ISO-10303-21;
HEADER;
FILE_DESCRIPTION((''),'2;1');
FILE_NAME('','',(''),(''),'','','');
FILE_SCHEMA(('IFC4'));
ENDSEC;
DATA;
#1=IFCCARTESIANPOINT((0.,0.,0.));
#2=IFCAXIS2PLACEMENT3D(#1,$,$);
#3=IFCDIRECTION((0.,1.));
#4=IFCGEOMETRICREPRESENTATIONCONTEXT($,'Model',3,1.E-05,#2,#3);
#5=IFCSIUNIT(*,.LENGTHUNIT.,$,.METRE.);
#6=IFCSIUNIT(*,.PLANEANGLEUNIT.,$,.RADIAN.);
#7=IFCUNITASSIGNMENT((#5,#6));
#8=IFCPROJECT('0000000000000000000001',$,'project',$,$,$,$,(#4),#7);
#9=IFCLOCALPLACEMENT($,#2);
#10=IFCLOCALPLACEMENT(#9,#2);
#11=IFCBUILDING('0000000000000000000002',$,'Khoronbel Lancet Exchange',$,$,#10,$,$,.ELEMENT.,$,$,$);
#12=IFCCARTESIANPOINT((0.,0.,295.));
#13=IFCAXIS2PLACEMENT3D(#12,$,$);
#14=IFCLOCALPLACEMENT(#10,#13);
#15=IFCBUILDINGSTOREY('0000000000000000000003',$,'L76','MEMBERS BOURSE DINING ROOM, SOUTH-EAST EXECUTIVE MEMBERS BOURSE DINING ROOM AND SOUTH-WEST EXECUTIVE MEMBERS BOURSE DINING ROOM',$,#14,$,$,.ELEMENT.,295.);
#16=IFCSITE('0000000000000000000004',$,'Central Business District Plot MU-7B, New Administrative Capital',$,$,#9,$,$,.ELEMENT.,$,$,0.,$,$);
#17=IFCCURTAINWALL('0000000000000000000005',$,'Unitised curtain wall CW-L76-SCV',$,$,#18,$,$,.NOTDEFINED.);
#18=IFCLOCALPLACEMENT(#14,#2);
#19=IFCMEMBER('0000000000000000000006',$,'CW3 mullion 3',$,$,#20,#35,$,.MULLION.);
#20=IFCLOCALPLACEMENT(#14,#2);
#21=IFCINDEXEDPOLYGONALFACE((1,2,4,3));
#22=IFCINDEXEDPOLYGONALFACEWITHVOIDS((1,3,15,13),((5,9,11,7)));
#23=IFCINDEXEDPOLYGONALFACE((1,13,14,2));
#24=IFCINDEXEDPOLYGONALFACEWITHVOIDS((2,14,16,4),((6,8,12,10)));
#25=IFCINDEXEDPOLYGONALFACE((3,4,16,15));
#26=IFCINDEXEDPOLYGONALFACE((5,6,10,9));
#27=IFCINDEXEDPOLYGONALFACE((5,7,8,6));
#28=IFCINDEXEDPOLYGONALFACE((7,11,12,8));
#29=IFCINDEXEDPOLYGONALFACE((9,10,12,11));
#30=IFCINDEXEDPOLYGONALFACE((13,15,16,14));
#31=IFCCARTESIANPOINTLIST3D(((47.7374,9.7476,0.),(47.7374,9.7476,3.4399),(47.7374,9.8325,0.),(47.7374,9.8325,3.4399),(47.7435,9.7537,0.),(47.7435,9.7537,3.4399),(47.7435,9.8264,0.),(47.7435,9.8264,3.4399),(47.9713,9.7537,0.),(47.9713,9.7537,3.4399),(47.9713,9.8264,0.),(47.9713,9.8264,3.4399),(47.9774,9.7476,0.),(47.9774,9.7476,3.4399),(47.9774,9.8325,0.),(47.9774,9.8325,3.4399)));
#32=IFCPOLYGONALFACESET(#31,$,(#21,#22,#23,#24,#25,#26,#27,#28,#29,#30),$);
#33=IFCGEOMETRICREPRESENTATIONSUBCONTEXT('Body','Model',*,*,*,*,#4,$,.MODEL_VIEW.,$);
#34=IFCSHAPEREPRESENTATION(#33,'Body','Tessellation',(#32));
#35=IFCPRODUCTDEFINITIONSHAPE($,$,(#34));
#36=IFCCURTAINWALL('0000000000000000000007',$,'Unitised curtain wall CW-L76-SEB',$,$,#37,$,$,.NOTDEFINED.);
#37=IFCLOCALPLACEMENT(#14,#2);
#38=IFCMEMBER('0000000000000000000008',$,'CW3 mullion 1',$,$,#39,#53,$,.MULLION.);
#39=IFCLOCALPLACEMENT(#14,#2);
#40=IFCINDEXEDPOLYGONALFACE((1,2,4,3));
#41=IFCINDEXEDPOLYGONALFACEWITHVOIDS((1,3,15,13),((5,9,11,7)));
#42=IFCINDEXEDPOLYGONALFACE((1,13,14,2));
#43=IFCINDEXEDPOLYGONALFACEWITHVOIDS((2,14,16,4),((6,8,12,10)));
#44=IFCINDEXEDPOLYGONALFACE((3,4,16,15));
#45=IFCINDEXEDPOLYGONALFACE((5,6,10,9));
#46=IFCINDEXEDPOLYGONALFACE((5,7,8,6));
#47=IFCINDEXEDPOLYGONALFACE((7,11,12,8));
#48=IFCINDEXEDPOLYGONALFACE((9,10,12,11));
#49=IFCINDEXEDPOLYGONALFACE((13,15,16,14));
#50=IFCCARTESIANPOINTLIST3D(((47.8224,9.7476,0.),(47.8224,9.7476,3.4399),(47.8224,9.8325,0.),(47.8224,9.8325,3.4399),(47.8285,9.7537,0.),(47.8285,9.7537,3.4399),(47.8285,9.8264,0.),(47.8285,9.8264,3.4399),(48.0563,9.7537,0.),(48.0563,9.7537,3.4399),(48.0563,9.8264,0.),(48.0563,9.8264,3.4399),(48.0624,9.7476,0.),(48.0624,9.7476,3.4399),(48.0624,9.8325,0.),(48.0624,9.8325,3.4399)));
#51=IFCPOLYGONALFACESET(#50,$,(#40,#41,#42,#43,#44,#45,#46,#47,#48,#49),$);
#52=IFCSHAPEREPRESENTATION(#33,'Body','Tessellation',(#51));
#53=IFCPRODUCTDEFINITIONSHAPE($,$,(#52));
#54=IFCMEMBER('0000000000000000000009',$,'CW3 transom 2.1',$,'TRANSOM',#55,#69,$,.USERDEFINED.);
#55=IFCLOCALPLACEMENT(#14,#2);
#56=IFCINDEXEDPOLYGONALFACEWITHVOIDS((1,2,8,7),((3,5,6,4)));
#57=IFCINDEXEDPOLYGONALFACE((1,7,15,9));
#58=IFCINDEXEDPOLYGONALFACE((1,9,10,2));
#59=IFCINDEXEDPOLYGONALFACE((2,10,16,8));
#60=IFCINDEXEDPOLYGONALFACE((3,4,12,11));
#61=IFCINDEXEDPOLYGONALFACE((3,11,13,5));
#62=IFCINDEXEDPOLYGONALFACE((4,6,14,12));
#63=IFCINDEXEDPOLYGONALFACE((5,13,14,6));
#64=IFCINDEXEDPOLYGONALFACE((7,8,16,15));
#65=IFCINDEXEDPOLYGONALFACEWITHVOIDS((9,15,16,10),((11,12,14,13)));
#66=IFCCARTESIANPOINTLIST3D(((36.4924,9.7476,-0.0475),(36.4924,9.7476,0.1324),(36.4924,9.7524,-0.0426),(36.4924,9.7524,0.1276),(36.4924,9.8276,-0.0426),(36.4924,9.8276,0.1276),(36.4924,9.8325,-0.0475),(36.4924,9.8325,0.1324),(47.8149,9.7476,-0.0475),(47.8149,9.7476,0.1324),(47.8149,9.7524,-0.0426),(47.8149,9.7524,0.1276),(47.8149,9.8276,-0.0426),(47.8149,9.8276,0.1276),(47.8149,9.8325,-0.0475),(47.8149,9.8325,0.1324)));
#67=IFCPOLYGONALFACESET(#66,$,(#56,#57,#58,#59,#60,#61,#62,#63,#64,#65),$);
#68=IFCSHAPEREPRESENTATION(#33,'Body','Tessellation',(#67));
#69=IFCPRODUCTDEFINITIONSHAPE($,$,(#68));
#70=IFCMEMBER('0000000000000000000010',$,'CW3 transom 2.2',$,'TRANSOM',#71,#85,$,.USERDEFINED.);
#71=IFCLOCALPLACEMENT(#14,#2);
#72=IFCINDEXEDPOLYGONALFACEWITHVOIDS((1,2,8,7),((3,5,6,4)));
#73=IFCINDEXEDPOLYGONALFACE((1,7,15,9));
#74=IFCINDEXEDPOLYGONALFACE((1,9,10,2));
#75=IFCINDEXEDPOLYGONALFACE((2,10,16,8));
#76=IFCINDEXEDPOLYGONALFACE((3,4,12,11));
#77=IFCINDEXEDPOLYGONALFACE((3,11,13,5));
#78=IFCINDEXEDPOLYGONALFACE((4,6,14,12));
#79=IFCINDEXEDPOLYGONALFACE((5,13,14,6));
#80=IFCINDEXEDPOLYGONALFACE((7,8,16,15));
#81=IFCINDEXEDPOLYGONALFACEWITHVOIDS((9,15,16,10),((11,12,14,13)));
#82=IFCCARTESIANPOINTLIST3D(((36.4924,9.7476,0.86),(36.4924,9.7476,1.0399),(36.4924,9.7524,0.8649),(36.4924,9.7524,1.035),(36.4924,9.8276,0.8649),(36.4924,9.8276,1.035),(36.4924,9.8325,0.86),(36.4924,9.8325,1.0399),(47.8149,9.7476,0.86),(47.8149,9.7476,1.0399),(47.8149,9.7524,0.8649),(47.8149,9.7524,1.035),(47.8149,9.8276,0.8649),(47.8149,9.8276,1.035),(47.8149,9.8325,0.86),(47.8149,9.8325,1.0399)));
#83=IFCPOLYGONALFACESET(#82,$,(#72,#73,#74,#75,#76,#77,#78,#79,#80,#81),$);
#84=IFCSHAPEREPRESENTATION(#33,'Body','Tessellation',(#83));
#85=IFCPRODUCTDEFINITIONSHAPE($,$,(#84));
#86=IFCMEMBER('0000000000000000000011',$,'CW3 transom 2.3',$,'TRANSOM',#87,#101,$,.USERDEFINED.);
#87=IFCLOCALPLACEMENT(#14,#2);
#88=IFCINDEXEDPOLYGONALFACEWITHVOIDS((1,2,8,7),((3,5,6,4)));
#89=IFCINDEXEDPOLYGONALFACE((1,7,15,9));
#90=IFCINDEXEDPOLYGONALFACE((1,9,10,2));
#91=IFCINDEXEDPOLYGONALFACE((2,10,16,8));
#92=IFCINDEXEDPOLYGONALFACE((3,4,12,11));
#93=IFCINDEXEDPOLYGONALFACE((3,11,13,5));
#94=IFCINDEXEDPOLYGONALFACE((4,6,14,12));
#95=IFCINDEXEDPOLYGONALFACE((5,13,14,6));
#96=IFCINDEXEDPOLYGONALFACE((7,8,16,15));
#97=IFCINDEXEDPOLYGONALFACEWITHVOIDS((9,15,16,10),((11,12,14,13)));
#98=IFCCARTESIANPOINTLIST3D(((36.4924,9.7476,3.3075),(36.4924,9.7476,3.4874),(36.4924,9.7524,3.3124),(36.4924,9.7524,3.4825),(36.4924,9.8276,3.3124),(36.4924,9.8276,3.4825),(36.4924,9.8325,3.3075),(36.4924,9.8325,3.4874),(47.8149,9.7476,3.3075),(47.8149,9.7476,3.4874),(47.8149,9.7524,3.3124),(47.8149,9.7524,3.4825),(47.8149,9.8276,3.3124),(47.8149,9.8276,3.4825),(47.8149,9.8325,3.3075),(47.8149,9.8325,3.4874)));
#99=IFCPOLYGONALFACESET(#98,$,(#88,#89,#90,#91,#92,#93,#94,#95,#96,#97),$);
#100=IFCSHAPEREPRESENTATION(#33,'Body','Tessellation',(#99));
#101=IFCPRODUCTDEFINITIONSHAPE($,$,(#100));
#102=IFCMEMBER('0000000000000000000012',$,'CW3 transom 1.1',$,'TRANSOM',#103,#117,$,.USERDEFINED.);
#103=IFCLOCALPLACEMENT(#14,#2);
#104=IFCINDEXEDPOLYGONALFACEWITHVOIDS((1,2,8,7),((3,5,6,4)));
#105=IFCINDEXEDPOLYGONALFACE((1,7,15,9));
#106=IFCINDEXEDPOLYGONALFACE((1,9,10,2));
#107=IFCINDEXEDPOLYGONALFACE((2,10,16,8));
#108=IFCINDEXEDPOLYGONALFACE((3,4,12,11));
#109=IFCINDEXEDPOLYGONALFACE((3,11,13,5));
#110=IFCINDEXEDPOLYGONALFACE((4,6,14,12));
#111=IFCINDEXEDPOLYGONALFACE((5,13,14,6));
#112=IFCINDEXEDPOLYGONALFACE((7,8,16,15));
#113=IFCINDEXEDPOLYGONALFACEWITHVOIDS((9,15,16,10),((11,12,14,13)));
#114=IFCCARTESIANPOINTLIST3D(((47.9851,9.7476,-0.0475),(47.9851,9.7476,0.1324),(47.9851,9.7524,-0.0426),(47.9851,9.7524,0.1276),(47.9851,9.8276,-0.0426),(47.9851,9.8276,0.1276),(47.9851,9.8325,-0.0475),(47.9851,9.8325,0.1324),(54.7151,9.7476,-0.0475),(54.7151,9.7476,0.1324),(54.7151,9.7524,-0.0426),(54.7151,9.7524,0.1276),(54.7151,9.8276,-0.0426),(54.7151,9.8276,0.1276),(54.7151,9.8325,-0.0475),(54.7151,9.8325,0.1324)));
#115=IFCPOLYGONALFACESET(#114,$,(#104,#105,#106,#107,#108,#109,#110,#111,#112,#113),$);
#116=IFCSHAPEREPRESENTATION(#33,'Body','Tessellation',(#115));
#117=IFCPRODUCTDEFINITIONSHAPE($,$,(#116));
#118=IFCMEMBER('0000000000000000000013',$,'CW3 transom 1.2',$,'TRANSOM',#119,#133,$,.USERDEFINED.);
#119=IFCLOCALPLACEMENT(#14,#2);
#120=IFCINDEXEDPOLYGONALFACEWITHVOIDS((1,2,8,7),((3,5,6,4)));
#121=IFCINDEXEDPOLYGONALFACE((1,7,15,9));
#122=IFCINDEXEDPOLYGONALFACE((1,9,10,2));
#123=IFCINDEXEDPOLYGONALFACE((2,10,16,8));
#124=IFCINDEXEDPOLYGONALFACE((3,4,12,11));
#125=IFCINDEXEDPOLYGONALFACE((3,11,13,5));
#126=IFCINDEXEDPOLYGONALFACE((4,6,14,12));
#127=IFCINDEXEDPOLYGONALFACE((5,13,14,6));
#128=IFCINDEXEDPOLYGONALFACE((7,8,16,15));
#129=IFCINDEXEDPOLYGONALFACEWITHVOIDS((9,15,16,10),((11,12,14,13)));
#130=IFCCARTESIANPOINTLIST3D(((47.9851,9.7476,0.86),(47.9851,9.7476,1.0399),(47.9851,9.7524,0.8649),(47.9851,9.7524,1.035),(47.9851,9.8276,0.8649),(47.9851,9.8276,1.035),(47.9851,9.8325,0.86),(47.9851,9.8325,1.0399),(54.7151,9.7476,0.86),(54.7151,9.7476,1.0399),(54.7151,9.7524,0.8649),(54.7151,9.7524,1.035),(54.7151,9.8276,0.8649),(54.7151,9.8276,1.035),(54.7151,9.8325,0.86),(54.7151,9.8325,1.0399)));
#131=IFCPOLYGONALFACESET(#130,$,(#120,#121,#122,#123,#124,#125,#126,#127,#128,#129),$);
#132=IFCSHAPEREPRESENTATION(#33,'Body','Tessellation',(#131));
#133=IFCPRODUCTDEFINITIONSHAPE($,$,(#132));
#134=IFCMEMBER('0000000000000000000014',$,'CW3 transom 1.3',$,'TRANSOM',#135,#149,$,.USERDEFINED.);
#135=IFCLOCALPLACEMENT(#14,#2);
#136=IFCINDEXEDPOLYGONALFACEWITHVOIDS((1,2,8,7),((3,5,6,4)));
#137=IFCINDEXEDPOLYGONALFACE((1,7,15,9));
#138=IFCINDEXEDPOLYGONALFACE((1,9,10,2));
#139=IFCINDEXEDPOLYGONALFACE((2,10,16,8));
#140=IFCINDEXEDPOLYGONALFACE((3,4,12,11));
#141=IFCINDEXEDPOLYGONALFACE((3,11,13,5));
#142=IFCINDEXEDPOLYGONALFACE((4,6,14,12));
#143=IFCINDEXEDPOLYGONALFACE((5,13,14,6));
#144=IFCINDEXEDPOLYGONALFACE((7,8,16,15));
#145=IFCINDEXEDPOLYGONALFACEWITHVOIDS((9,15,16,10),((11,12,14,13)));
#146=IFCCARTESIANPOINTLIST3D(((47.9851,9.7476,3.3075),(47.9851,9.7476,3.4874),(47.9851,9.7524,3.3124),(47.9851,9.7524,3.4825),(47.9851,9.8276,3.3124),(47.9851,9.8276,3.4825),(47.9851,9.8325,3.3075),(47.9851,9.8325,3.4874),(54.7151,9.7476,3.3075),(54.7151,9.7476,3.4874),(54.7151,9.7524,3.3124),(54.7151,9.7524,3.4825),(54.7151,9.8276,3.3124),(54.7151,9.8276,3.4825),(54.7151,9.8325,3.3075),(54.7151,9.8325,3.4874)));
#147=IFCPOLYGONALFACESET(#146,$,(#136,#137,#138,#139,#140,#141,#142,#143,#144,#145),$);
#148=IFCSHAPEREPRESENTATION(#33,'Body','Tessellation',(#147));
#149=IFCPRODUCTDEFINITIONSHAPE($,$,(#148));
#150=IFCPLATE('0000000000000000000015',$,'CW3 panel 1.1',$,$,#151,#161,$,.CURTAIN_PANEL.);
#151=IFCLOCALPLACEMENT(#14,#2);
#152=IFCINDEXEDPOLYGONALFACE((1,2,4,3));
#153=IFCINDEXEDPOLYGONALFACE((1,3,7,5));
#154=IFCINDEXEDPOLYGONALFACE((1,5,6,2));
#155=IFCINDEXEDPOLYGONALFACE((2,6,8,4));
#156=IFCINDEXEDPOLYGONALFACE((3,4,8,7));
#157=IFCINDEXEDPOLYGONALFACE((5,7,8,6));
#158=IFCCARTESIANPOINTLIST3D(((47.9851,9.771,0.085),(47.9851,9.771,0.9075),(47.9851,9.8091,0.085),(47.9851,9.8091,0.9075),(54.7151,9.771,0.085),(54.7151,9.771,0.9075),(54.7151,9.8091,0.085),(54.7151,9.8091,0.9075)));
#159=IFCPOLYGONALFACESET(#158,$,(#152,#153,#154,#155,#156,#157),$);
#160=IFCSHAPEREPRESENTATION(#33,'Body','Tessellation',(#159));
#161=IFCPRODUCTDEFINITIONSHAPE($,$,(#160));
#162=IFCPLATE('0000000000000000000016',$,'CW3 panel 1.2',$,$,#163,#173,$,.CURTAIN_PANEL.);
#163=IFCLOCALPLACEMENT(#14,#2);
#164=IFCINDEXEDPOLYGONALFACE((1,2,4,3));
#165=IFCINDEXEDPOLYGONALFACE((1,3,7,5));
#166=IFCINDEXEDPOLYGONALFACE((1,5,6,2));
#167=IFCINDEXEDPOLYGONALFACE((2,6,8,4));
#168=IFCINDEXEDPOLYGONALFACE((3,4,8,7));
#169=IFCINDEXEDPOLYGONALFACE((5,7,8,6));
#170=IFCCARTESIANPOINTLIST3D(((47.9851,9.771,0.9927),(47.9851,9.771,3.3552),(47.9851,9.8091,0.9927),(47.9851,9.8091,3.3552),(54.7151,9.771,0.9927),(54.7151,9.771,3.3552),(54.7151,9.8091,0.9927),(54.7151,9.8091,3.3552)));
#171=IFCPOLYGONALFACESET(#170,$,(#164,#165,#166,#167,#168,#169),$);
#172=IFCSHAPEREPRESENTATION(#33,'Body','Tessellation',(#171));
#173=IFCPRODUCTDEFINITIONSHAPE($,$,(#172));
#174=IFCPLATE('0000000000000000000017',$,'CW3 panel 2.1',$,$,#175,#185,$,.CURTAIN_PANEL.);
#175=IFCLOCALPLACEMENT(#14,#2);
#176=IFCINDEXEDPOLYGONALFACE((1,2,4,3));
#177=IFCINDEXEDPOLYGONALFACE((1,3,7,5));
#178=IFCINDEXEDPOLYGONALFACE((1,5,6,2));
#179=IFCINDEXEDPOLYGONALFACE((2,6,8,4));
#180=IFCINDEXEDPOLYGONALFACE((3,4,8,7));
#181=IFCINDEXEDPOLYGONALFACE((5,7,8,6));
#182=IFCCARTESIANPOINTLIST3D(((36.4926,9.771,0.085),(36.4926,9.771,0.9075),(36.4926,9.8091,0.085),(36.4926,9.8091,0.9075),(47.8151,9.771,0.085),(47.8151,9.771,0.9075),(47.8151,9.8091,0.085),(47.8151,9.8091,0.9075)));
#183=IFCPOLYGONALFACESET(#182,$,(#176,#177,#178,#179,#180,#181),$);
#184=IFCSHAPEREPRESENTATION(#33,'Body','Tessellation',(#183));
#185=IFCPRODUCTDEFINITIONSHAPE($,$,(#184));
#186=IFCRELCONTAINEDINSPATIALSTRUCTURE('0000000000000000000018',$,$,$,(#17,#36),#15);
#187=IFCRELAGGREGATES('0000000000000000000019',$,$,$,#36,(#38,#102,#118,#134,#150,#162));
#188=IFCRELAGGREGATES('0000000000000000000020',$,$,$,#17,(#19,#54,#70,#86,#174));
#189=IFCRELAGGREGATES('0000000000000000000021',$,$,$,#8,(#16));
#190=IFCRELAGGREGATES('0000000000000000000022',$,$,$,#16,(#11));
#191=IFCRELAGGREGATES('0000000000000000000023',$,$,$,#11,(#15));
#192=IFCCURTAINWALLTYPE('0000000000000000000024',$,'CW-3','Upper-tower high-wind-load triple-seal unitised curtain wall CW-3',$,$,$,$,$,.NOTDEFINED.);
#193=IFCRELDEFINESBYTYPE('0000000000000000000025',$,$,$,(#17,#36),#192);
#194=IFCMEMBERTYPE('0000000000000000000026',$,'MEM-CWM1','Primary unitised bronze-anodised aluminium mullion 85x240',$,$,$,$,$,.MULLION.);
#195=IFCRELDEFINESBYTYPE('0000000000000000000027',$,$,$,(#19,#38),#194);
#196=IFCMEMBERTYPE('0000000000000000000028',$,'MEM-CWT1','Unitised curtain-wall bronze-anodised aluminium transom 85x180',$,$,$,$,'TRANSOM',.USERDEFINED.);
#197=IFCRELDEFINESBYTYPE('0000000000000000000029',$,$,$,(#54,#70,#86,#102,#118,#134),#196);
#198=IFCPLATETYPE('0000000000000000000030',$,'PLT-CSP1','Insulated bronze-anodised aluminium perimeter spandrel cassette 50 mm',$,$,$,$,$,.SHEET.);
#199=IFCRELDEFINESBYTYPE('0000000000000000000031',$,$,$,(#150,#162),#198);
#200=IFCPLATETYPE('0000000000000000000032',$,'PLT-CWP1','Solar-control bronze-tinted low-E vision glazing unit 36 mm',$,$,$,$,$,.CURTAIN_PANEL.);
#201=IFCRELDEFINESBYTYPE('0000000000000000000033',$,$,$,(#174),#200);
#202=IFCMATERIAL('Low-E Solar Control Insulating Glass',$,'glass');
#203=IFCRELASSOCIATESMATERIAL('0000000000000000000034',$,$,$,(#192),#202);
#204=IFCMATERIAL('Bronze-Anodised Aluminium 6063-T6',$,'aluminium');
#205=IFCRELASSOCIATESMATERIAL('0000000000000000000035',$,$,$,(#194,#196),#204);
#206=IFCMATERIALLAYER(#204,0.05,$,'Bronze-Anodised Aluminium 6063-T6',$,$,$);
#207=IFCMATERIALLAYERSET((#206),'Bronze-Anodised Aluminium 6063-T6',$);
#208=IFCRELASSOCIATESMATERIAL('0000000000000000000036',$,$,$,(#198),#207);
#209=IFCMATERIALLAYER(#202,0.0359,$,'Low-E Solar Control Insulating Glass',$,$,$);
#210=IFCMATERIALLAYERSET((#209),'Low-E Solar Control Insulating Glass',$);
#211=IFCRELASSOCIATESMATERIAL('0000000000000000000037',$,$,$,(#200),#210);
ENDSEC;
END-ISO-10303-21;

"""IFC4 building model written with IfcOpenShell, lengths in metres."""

from ifc_helpers import new_model, si_unit, direction, frame, origin, origin_2d, place, context, subcontext, project, spatial, rectangle, hollow_rectangle, extrude, material, layer, layer_set, material_profile, profile_set, type_object, element, aggregate, save


model = new_model("IFC4")

# Units and contexts
model_context = context("Model", 3, precision=1e-05, world=origin(), true_north=direction((0.0, 1.0)))
body_context = subcontext(model_context, "Body", "Model", "MODEL_VIEW")
ifc_project = project(units=[si_unit("LENGTHUNIT", "METRE"), si_unit("PLANEANGLEUNIT", "RADIAN")], contexts=[model_context])

# Site, building, storey
site_placement = place(None, origin())
site = spatial("IfcSite", under=ifc_project, at=site_placement, Name="Central Business District Plot MU-7B, New Administrative Capital", CompositionType="ELEMENT", RefElevation=0.0)
building_placement = place(site_placement, origin())
building = spatial("IfcBuilding", under=site, at=building_placement, Name="Khoronbel Lancet Exchange", CompositionType="ELEMENT")
storey_placement = place(building_placement, frame((0.0, 0.0, 295.0)))
storey = spatial("IfcBuildingStorey", under=building, at=storey_placement, Name="L76", Description="MEMBERS BOURSE DINING ROOM, SOUTH-EAST EXECUTIVE MEMBERS BOURSE DINING ROOM AND SOUTH-WEST EXECUTIVE MEMBERS BOURSE DINING ROOM", CompositionType="ELEMENT", Elevation=295.0)

# Curtain wall, member
ifc_material_1 = material(Name="Low-E Solar Control Insulating Glass", Category="glass")
curtain_wall_type = type_object("IfcCurtainWallType", Name="CW-3", Description="Upper-tower high-wind-load triple-seal unitised curtain wall CW-3", PredefinedType="NOTDEFINED", material=ifc_material_1)
curtain_wall_1_placement = place(storey_placement, origin())
curtain_wall_1 = element("IfcCurtainWall", 1, at=curtain_wall_1_placement, inside=storey, type_object=curtain_wall_type, Name="Unitised curtain wall CW-L76-SCV", PredefinedType="NOTDEFINED")
ifc_material_2 = material(Name="Bronze-Anodised Aluminium 6063-T6", Category="aluminium")
ifc_material_profile_1 = material_profile(ifc_material_2, hollow_rectangle(XDim=0.085, YDim=0.24, WallThickness=0.0061, at=origin_2d()), Name="ALU MULLION 85x240")
ifc_profile_set_1 = profile_set([ifc_material_profile_1], Name="Bronze-Anodised Aluminium 6063-T6")
member_type_1 = type_object("IfcMemberType", Name="MEM-CWM1", Description="Primary unitised bronze-anodised aluminium mullion 85x240", PredefinedType="MULLION", material=ifc_profile_set_1)
member_1_placement = place(storey_placement, frame((47.8574, 9.79, 0.0), z_axis=(0.0, 0.0, 1.0), x_axis=(0.0, 1.0, 0.0)))
member_1 = element("IfcMember", 2, at=member_1_placement, type_object=member_type_1, Name="CW3 mullion 3", PredefinedType="MULLION", context=body_context, shape_type="SweptSolid", body=[
    extrude(hollow_rectangle(XDim=0.085, YDim=0.24, WallThickness=0.0061, at=origin_2d()), origin(), (0.0, 0.0, 1.0), 3.4399),
])

# Curtain wall, member
curtain_wall_2_placement = place(storey_placement, origin())
curtain_wall_2 = element("IfcCurtainWall", 3, at=curtain_wall_2_placement, inside=storey, type_object=curtain_wall_type, Name="Unitised curtain wall CW-L76-SEB", PredefinedType="NOTDEFINED")
member_2_placement = place(storey_placement, frame((47.9424, 9.79, 0.0), z_axis=(0.0, 0.0, 1.0), x_axis=(0.0, 1.0, 0.0)))
member_2 = element("IfcMember", 4, at=member_2_placement, type_object=member_type_1, Name="CW3 mullion 1", PredefinedType="MULLION", context=body_context, shape_type="SweptSolid", body=[
    extrude(hollow_rectangle(XDim=0.085, YDim=0.24, WallThickness=0.0061, at=origin_2d()), origin(), (0.0, 0.0, 1.0), 3.4399),
])

# Members
ifc_material_profile_2 = material_profile(ifc_material_2, hollow_rectangle(XDim=0.085, YDim=0.1799, WallThickness=0.0049, at=origin_2d()), Name="ALU TRANSOM 85x180")
ifc_profile_set_2 = profile_set([ifc_material_profile_2], Name="Bronze-Anodised Aluminium 6063-T6")
member_type_2 = type_object("IfcMemberType", Name="MEM-CWT1", Description="Unitised curtain-wall bronze-anodised aluminium transom 85x180", ElementType="TRANSOM", PredefinedType="USERDEFINED", material=ifc_profile_set_2)
member_3_placement = place(storey_placement, frame((36.4924, 9.79, 0.0425), z_axis=(1.0, 0.0, 0.0), x_axis=(0.0, 1.0, 0.0)))
member_3 = element("IfcMember", 5, at=member_3_placement, type_object=member_type_2, Name="CW3 transom 2.1", ObjectType="TRANSOM", PredefinedType="USERDEFINED", context=body_context, shape_type="SweptSolid", body=[
    extrude(hollow_rectangle(XDim=0.085, YDim=0.1799, WallThickness=0.0049, at=origin_2d()), origin(), (0.0, 0.0, 1.0), 11.3225),
])
member_4_placement = place(storey_placement, frame((36.4924, 9.79, 0.95), z_axis=(1.0, 0.0, 0.0), x_axis=(0.0, 1.0, 0.0)))
member_4 = element("IfcMember", 6, at=member_4_placement, type_object=member_type_2, Name="CW3 transom 2.2", ObjectType="TRANSOM", PredefinedType="USERDEFINED", context=body_context, shape_type="SweptSolid", body=[
    extrude(hollow_rectangle(XDim=0.085, YDim=0.1799, WallThickness=0.0049, at=origin_2d()), origin(), (0.0, 0.0, 1.0), 11.3225),
])
member_5_placement = place(storey_placement, frame((36.4924, 9.79, 3.3975), z_axis=(1.0, 0.0, 0.0), x_axis=(0.0, 1.0, 0.0)))
member_5 = element("IfcMember", 7, at=member_5_placement, type_object=member_type_2, Name="CW3 transom 2.3", ObjectType="TRANSOM", PredefinedType="USERDEFINED", context=body_context, shape_type="SweptSolid", body=[
    extrude(hollow_rectangle(XDim=0.085, YDim=0.1799, WallThickness=0.0049, at=origin_2d()), origin(), (0.0, 0.0, 1.0), 11.3225),
])
member_6_placement = place(storey_placement, frame((47.9851, 9.79, 0.0425), z_axis=(1.0, 0.0, 0.0), x_axis=(0.0, 1.0, 0.0)))
member_6 = element("IfcMember", 8, at=member_6_placement, type_object=member_type_2, Name="CW3 transom 1.1", ObjectType="TRANSOM", PredefinedType="USERDEFINED", context=body_context, shape_type="SweptSolid", body=[
    extrude(hollow_rectangle(XDim=0.085, YDim=0.1799, WallThickness=0.0049, at=origin_2d()), origin(), (0.0, 0.0, 1.0), 6.73),
])
member_7_placement = place(storey_placement, frame((47.9851, 9.79, 0.95), z_axis=(1.0, 0.0, 0.0), x_axis=(0.0, 1.0, 0.0)))
member_7 = element("IfcMember", 9, at=member_7_placement, type_object=member_type_2, Name="CW3 transom 1.2", ObjectType="TRANSOM", PredefinedType="USERDEFINED", context=body_context, shape_type="SweptSolid", body=[
    extrude(hollow_rectangle(XDim=0.085, YDim=0.1799, WallThickness=0.0049, at=origin_2d()), origin(), (0.0, 0.0, 1.0), 6.73),
])
member_8_placement = place(storey_placement, frame((47.9851, 9.79, 3.3975), z_axis=(1.0, 0.0, 0.0), x_axis=(0.0, 1.0, 0.0)))
member_8 = element("IfcMember", 10, at=member_8_placement, type_object=member_type_2, Name="CW3 transom 1.3", ObjectType="TRANSOM", PredefinedType="USERDEFINED", context=body_context, shape_type="SweptSolid", body=[
    extrude(hollow_rectangle(XDim=0.085, YDim=0.1799, WallThickness=0.0049, at=origin_2d()), origin(), (0.0, 0.0, 1.0), 6.73),
])

# Plates
ifc_layer_1 = layer(ifc_material_2, 0.05, Name="Bronze-Anodised Aluminium 6063-T6")
ifc_layer_set_1 = layer_set([ifc_layer_1], Name="Bronze-Anodised Aluminium 6063-T6")
plate_type_1 = type_object("IfcPlateType", Name="PLT-CSP1", Description="Insulated bronze-anodised aluminium perimeter spandrel cassette 50 mm", PredefinedType="SHEET", material=ifc_layer_set_1)
plate_1_placement = place(storey_placement, frame((51.3501, 9.79, 0.085), z_axis=(0.0, 0.0, 1.0), x_axis=(1.0, 0.0, 0.0)))
plate_1 = element("IfcPlate", 11, at=plate_1_placement, type_object=plate_type_1, Name="CW3 panel 1.1", PredefinedType="CURTAIN_PANEL", context=body_context, shape_type="SweptSolid", body=[
    extrude(rectangle(XDim=6.73, YDim=0.0381, at=origin_2d()), origin(), (0.0, 0.0, 1.0), 0.8225),
])
plate_2_placement = place(storey_placement, frame((51.3501, 9.79, 0.9927), z_axis=(0.0, 0.0, 1.0), x_axis=(1.0, 0.0, 0.0)))
plate_2 = element("IfcPlate", 12, at=plate_2_placement, type_object=plate_type_1, Name="CW3 panel 1.2", PredefinedType="CURTAIN_PANEL", context=body_context, shape_type="SweptSolid", body=[
    extrude(rectangle(XDim=6.73, YDim=0.0381, at=origin_2d()), origin(), (0.0, 0.0, 1.0), 2.3625),
])
aggregate(curtain_wall_2, [member_2, member_6, member_7, member_8, plate_1, plate_2])
ifc_layer_2 = layer(ifc_material_1, 0.0359, Name="Low-E Solar Control Insulating Glass")
ifc_layer_set_2 = layer_set([ifc_layer_2], Name="Low-E Solar Control Insulating Glass")
plate_type_2 = type_object("IfcPlateType", Name="PLT-CWP1", Description="Solar-control bronze-tinted low-E vision glazing unit 36 mm", PredefinedType="CURTAIN_PANEL", material=ifc_layer_set_2)
plate_3_placement = place(storey_placement, frame((42.1538, 9.79, 0.085), z_axis=(0.0, 0.0, 1.0), x_axis=(1.0, 0.0, 0.0)))
plate_3 = element("IfcPlate", 13, at=plate_3_placement, type_object=plate_type_2, Name="CW3 panel 2.1", PredefinedType="CURTAIN_PANEL", context=body_context, shape_type="SweptSolid", body=[
    extrude(rectangle(XDim=11.3225, YDim=0.0381, at=origin_2d()), origin(), (0.0, 0.0, 1.0), 0.8225),
])
aggregate(curtain_wall_1, [member_1, member_3, member_4, member_5, plate_3])

save(model, "model.ifc")
